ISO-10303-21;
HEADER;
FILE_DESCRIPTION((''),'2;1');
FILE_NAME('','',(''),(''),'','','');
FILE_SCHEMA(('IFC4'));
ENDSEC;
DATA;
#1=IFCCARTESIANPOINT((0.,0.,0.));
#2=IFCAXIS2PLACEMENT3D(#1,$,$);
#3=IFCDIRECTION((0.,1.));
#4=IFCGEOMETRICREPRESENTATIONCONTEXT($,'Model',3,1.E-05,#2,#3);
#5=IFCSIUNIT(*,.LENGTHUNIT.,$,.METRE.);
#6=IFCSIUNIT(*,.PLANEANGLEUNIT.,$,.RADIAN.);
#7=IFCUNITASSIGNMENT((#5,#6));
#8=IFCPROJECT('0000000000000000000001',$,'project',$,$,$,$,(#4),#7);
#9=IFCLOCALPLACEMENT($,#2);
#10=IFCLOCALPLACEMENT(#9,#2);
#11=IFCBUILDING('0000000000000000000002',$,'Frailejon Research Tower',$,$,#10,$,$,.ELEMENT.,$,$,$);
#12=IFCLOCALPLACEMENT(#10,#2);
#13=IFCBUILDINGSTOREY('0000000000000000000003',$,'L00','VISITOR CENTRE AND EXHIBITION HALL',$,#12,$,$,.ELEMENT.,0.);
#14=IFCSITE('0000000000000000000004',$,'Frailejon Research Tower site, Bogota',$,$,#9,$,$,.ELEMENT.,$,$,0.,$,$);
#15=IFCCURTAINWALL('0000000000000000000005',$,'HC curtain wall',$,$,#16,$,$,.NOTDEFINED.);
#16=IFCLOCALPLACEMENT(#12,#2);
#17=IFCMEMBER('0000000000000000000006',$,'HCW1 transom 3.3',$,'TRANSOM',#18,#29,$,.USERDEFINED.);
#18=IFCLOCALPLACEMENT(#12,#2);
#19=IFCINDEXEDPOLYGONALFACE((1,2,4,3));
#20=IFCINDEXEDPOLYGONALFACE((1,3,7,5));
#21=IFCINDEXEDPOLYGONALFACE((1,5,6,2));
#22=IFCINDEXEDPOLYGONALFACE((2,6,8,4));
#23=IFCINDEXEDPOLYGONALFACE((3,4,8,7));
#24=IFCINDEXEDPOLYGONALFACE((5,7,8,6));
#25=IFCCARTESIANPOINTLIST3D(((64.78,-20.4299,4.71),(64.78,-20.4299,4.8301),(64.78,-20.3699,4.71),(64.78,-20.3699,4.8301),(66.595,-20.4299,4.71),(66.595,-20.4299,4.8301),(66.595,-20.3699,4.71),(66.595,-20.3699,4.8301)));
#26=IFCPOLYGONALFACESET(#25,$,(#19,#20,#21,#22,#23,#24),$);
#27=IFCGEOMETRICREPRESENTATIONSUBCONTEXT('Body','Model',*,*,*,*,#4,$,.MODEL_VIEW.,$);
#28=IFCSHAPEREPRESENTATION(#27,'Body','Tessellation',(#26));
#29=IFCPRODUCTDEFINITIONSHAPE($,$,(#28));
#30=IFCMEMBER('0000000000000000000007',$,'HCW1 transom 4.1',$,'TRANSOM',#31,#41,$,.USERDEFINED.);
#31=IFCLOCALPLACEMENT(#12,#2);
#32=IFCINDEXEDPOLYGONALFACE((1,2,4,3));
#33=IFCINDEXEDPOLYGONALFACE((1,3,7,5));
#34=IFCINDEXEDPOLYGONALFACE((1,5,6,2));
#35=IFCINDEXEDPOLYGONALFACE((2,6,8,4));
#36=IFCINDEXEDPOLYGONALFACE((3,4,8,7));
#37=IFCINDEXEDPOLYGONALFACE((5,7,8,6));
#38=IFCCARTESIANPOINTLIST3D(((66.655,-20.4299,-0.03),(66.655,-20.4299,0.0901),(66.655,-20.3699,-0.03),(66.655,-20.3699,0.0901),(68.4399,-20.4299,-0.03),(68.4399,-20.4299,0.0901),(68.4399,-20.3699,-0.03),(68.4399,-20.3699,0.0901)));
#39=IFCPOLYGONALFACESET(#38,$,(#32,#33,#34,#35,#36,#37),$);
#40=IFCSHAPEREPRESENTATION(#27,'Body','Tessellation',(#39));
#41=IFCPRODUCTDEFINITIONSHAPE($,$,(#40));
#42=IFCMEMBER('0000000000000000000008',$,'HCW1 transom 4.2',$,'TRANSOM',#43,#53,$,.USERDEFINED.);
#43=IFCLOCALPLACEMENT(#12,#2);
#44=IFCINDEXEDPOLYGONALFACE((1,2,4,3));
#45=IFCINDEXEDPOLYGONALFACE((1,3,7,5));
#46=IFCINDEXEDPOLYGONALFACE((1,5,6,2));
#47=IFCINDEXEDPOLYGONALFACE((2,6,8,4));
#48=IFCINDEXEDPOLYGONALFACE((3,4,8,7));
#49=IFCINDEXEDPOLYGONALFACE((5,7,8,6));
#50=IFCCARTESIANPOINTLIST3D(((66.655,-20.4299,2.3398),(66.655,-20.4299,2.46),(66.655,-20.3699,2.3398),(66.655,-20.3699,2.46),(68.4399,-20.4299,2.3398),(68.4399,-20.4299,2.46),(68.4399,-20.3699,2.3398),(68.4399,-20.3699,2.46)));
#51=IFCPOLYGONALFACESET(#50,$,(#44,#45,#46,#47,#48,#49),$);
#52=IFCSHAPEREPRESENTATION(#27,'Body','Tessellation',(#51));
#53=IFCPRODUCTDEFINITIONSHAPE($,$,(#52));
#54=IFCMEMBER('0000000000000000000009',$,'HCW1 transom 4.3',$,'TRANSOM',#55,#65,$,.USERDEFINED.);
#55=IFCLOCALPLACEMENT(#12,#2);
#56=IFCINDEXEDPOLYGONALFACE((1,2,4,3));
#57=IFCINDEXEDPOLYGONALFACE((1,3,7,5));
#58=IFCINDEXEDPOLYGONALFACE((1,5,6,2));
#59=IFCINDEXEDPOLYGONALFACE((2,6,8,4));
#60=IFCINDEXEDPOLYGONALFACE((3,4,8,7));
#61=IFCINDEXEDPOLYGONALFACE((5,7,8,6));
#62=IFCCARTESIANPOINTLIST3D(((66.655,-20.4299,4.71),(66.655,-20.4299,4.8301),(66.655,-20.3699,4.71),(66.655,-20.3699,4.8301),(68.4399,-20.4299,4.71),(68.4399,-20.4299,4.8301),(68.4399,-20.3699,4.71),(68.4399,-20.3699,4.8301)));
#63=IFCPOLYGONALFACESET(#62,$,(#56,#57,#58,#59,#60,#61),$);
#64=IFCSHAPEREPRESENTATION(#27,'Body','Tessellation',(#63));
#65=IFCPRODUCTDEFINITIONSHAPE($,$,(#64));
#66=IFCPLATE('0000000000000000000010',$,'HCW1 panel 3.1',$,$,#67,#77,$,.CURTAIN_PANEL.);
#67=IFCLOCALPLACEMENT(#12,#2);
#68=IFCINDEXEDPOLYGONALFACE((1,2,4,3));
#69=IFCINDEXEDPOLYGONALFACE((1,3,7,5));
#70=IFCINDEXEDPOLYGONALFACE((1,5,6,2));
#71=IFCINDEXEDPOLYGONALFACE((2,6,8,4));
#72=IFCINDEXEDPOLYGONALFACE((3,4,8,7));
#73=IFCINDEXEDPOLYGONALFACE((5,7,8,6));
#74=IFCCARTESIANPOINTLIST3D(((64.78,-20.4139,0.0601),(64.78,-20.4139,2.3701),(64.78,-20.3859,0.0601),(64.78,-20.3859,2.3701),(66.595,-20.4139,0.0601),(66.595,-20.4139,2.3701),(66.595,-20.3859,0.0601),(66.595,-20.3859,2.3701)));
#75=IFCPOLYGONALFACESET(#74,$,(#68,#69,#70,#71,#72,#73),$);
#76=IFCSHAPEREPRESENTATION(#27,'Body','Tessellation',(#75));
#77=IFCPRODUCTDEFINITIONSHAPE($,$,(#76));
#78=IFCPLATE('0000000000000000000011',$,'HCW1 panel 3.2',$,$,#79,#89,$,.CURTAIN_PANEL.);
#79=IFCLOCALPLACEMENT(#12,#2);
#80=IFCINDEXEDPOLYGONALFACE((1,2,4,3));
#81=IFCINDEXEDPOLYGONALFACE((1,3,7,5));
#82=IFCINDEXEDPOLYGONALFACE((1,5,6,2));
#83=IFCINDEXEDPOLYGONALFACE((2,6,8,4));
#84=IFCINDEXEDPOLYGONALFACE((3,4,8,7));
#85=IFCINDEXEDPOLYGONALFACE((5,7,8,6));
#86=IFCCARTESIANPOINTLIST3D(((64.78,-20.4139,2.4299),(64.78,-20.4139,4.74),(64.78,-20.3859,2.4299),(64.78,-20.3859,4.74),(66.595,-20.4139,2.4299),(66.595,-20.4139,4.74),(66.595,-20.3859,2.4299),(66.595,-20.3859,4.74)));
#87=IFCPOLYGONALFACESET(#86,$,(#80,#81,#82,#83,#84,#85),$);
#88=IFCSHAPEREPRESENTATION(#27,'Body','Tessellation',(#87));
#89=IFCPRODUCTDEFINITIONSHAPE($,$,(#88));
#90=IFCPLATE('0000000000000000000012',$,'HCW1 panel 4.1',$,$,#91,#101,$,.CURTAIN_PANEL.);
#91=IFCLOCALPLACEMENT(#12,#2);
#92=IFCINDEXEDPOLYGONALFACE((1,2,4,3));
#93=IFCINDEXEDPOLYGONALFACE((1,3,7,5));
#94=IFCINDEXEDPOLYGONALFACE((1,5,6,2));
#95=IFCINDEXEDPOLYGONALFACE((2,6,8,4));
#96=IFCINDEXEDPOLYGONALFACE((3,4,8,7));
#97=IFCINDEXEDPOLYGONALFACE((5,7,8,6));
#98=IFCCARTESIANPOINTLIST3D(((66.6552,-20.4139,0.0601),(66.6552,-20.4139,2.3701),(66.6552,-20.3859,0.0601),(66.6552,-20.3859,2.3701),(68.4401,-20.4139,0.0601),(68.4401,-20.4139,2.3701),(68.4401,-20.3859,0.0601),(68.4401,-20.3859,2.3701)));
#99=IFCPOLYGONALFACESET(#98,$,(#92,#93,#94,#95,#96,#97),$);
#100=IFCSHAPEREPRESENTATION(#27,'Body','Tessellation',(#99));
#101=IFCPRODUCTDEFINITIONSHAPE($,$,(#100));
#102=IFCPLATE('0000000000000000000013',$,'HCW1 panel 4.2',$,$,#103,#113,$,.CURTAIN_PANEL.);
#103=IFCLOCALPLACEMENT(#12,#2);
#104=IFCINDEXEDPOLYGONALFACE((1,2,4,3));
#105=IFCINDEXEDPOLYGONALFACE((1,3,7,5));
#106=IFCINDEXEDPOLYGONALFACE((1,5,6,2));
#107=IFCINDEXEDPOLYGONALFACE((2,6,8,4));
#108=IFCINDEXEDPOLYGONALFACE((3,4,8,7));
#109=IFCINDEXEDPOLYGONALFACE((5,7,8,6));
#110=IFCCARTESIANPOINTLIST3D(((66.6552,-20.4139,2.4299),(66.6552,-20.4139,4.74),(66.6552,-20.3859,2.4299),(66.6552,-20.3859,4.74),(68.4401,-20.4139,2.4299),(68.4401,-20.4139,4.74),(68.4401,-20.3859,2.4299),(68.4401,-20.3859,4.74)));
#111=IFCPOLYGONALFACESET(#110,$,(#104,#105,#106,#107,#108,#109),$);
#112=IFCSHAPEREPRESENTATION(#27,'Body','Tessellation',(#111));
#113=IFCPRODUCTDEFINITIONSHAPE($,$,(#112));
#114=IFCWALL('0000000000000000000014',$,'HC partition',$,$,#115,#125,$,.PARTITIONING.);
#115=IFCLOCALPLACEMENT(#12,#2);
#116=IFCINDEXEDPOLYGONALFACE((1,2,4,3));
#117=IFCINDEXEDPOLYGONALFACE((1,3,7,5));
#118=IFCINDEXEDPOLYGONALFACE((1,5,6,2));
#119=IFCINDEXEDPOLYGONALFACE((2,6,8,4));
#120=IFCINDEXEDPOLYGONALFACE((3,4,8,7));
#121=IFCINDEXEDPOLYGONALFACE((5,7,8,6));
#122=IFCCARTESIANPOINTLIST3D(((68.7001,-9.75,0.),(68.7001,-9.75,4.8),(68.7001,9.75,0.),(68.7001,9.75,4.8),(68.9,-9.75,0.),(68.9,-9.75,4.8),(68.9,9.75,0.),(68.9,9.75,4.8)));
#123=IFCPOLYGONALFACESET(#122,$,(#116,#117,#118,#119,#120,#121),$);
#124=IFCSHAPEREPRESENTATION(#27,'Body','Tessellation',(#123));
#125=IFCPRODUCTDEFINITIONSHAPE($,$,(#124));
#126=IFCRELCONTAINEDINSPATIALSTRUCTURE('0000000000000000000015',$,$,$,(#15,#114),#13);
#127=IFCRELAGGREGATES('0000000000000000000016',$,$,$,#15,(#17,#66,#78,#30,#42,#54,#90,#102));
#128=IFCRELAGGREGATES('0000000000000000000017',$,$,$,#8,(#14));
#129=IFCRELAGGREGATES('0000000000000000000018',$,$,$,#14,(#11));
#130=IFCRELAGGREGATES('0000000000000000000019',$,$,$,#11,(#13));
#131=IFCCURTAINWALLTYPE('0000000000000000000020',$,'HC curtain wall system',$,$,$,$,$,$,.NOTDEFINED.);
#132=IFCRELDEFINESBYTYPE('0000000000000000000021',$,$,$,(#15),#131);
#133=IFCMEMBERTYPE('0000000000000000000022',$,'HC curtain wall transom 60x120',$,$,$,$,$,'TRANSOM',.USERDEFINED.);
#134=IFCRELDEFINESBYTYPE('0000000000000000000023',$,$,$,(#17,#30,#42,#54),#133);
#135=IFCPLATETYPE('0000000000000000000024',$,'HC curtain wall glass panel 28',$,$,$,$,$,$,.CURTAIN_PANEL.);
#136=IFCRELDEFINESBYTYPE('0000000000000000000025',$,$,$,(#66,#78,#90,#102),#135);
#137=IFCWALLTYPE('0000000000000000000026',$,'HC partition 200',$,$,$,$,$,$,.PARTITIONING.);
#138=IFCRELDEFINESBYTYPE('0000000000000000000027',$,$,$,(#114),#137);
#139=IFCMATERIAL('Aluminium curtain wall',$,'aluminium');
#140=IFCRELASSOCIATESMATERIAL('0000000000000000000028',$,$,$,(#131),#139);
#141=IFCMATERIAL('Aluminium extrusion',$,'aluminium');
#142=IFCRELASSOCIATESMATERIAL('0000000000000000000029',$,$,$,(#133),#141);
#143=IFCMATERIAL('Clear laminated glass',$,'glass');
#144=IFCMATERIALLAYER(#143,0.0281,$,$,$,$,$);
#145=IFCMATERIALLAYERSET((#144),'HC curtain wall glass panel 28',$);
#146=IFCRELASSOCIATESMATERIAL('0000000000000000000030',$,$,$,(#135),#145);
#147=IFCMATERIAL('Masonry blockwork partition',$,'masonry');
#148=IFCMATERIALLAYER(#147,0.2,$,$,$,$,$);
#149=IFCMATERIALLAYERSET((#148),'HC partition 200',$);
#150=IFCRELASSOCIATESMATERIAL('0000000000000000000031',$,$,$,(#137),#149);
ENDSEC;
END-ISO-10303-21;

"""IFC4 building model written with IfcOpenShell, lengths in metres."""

from ifc_helpers import new_model, si_unit, direction, frame, frame_2d, origin, origin_2d, place, context, subcontext, project, spatial, rectangle, extrude, material, layer, layer_set, material_profile, profile_set, type_object, element, aggregate, save


model = new_model("IFC4")

# Units and contexts
model_context = context("Model", 3, precision=1e-05, world=origin(), true_north=direction((0.0, 1.0)))
body_context = subcontext(model_context, "Body", "Model", "MODEL_VIEW")
ifc_project = project(units=[si_unit("LENGTHUNIT", "METRE"), si_unit("PLANEANGLEUNIT", "RADIAN")], contexts=[model_context])

# Site, building, storey
site_placement = place(None, origin())
site = spatial("IfcSite", under=ifc_project, at=site_placement, Name="Frailejon Research Tower site, Bogota", CompositionType="ELEMENT", RefElevation=0.0)
building_placement = place(site_placement, origin())
building = spatial("IfcBuilding", under=site, at=building_placement, Name="Frailejon Research Tower", CompositionType="ELEMENT")
storey_placement = place(building_placement, origin())
storey = spatial("IfcBuildingStorey", under=building, at=storey_placement, Name="L00", Description="VISITOR CENTRE AND EXHIBITION HALL", CompositionType="ELEMENT", Elevation=0.0)

# Curtain wall, members, plates
ifc_material_1 = material(Name="Aluminium curtain wall", Category="aluminium")
curtain_wall_type = type_object("IfcCurtainWallType", Name="HC curtain wall system", PredefinedType="NOTDEFINED", material=ifc_material_1)
curtain_wall_placement = place(storey_placement, origin())
curtain_wall = element("IfcCurtainWall", 1, at=curtain_wall_placement, inside=storey, type_object=curtain_wall_type, Name="HC curtain wall", PredefinedType="NOTDEFINED")
ifc_material_2 = material(Name="Aluminium extrusion", Category="aluminium")
ifc_material_profile_1 = material_profile(ifc_material_2, rectangle(XDim=0.0601, YDim=0.1201, at=origin_2d()), Name="HC curtain wall transom 60x120")
ifc_profile_set_1 = profile_set([ifc_material_profile_1], Name="Aluminium extrusion")
member_type_1 = type_object("IfcMemberType", Name="HC curtain wall transom 60x120", ElementType="TRANSOM", PredefinedType="USERDEFINED", material=ifc_profile_set_1)
member_1_placement = place(storey_placement, frame((64.78, -20.3999, 4.77), z_axis=(1.0, 0.0, 0.0), x_axis=(0.0, 1.0, 0.0)))
member_1 = element("IfcMember", 2, at=member_1_placement, type_object=member_type_1, Name="HCW1 transom 3.3", ObjectType="TRANSOM", PredefinedType="USERDEFINED", context=body_context, shape_type="SweptSolid", body=[
    extrude(rectangle(XDim=0.0601, YDim=0.1201, at=origin_2d()), origin(), (0.0, 0.0, 1.0), 1.8149),
])
member_2_placement = place(storey_placement, frame((66.655, -20.3999, 0.03), z_axis=(1.0, 0.0, 0.0), x_axis=(0.0, 1.0, 0.0)))
member_2 = element("IfcMember", 3, at=member_2_placement, type_object=member_type_1, Name="HCW1 transom 4.1", ObjectType="TRANSOM", PredefinedType="USERDEFINED", context=body_context, shape_type="SweptSolid", body=[
    extrude(rectangle(XDim=0.0601, YDim=0.1201, at=origin_2d()), origin(), (0.0, 0.0, 1.0), 1.7849),
])
member_3_placement = place(storey_placement, frame((66.655, -20.3999, 2.3999), z_axis=(1.0, 0.0, 0.0), x_axis=(0.0, 1.0, 0.0)))
member_3 = element("IfcMember", 4, at=member_3_placement, type_object=member_type_1, Name="HCW1 transom 4.2", ObjectType="TRANSOM", PredefinedType="USERDEFINED", context=body_context, shape_type="SweptSolid", body=[
    extrude(rectangle(XDim=0.0601, YDim=0.1201, at=origin_2d()), origin(), (0.0, 0.0, 1.0), 1.7849),
])
member_4_placement = place(storey_placement, frame((66.655, -20.3999, 4.77), z_axis=(1.0, 0.0, 0.0), x_axis=(0.0, 1.0, 0.0)))
member_4 = element("IfcMember", 5, at=member_4_placement, type_object=member_type_1, Name="HCW1 transom 4.3", ObjectType="TRANSOM", PredefinedType="USERDEFINED", context=body_context, shape_type="SweptSolid", body=[
    extrude(rectangle(XDim=0.0601, YDim=0.1201, at=origin_2d()), origin(), (0.0, 0.0, 1.0), 1.7849),
])
ifc_material_3 = material(Name="Clear laminated glass", Category="glass")
ifc_layer_1 = layer(ifc_material_3, 0.0281)
ifc_layer_set_1 = layer_set([ifc_layer_1], Name="HC curtain wall glass panel 28")
plate_type = type_object("IfcPlateType", Name="HC curtain wall glass panel 28", PredefinedType="CURTAIN_PANEL", material=ifc_layer_set_1)
plate_1_placement = place(storey_placement, frame((65.6875, -20.3999, 0.0601), z_axis=(0.0, 0.0, 1.0), x_axis=(1.0, 0.0, 0.0)))
plate_1 = element("IfcPlate", 6, at=plate_1_placement, type_object=plate_type, Name="HCW1 panel 3.1", PredefinedType="CURTAIN_PANEL", context=body_context, shape_type="SweptSolid", body=[
    extrude(rectangle(XDim=1.8149, YDim=0.0281, at=origin_2d()), origin(), (0.0, 0.0, 1.0), 2.3101),
])
plate_2_placement = place(storey_placement, frame((65.6875, -20.3999, 2.4299), z_axis=(0.0, 0.0, 1.0), x_axis=(1.0, 0.0, 0.0)))
plate_2 = element("IfcPlate", 7, at=plate_2_placement, type_object=plate_type, Name="HCW1 panel 3.2", PredefinedType="CURTAIN_PANEL", context=body_context, shape_type="SweptSolid", body=[
    extrude(rectangle(XDim=1.8149, YDim=0.0281, at=origin_2d()), origin(), (0.0, 0.0, 1.0), 2.3101),
])
plate_3_placement = place(storey_placement, frame((67.5476, -20.3999, 0.0601), z_axis=(0.0, 0.0, 1.0), x_axis=(1.0, 0.0, 0.0)))
plate_3 = element("IfcPlate", 8, at=plate_3_placement, type_object=plate_type, Name="HCW1 panel 4.1", PredefinedType="CURTAIN_PANEL", context=body_context, shape_type="SweptSolid", body=[
    extrude(rectangle(XDim=1.7849, YDim=0.0281, at=origin_2d()), origin(), (0.0, 0.0, 1.0), 2.3101),
])
plate_4_placement = place(storey_placement, frame((67.5476, -20.3999, 2.4299), z_axis=(0.0, 0.0, 1.0), x_axis=(1.0, 0.0, 0.0)))
plate_4 = element("IfcPlate", 9, at=plate_4_placement, type_object=plate_type, Name="HCW1 panel 4.2", PredefinedType="CURTAIN_PANEL", context=body_context, shape_type="SweptSolid", body=[
    extrude(rectangle(XDim=1.7849, YDim=0.0281, at=origin_2d()), origin(), (0.0, 0.0, 1.0), 2.3101),
])
aggregate(curtain_wall, [member_1, plate_1, plate_2, member_2, member_3, member_4, plate_3, plate_4])

# Wall
ifc_material_4 = material(Name="Masonry blockwork partition", Category="masonry")
ifc_layer_2 = layer(ifc_material_4, 0.2)
ifc_layer_set_2 = layer_set([ifc_layer_2], Name="HC partition 200")
wall_type_1 = type_object("IfcWallType", Name="HC partition 200", PredefinedType="PARTITIONING", material=ifc_layer_set_2)
wall_1_placement = place(storey_placement, frame((68.8, -9.75, 0.0), z_axis=(0.0, 0.0, 1.0), x_axis=(0.0, 1.0, 0.0)))
element("IfcWall", 10, at=wall_1_placement, inside=storey, type_object=wall_type_1, Name="HC partition", PredefinedType="PARTITIONING", context=body_context, shape_type="SweptSolid", body=[
    extrude(rectangle(XDim=19.5, YDim=0.2, at=frame_2d((9.75, 0.0))), origin(), (0.0, 0.0, 1.0), 4.8),
])

save(model, "model.ifc")
